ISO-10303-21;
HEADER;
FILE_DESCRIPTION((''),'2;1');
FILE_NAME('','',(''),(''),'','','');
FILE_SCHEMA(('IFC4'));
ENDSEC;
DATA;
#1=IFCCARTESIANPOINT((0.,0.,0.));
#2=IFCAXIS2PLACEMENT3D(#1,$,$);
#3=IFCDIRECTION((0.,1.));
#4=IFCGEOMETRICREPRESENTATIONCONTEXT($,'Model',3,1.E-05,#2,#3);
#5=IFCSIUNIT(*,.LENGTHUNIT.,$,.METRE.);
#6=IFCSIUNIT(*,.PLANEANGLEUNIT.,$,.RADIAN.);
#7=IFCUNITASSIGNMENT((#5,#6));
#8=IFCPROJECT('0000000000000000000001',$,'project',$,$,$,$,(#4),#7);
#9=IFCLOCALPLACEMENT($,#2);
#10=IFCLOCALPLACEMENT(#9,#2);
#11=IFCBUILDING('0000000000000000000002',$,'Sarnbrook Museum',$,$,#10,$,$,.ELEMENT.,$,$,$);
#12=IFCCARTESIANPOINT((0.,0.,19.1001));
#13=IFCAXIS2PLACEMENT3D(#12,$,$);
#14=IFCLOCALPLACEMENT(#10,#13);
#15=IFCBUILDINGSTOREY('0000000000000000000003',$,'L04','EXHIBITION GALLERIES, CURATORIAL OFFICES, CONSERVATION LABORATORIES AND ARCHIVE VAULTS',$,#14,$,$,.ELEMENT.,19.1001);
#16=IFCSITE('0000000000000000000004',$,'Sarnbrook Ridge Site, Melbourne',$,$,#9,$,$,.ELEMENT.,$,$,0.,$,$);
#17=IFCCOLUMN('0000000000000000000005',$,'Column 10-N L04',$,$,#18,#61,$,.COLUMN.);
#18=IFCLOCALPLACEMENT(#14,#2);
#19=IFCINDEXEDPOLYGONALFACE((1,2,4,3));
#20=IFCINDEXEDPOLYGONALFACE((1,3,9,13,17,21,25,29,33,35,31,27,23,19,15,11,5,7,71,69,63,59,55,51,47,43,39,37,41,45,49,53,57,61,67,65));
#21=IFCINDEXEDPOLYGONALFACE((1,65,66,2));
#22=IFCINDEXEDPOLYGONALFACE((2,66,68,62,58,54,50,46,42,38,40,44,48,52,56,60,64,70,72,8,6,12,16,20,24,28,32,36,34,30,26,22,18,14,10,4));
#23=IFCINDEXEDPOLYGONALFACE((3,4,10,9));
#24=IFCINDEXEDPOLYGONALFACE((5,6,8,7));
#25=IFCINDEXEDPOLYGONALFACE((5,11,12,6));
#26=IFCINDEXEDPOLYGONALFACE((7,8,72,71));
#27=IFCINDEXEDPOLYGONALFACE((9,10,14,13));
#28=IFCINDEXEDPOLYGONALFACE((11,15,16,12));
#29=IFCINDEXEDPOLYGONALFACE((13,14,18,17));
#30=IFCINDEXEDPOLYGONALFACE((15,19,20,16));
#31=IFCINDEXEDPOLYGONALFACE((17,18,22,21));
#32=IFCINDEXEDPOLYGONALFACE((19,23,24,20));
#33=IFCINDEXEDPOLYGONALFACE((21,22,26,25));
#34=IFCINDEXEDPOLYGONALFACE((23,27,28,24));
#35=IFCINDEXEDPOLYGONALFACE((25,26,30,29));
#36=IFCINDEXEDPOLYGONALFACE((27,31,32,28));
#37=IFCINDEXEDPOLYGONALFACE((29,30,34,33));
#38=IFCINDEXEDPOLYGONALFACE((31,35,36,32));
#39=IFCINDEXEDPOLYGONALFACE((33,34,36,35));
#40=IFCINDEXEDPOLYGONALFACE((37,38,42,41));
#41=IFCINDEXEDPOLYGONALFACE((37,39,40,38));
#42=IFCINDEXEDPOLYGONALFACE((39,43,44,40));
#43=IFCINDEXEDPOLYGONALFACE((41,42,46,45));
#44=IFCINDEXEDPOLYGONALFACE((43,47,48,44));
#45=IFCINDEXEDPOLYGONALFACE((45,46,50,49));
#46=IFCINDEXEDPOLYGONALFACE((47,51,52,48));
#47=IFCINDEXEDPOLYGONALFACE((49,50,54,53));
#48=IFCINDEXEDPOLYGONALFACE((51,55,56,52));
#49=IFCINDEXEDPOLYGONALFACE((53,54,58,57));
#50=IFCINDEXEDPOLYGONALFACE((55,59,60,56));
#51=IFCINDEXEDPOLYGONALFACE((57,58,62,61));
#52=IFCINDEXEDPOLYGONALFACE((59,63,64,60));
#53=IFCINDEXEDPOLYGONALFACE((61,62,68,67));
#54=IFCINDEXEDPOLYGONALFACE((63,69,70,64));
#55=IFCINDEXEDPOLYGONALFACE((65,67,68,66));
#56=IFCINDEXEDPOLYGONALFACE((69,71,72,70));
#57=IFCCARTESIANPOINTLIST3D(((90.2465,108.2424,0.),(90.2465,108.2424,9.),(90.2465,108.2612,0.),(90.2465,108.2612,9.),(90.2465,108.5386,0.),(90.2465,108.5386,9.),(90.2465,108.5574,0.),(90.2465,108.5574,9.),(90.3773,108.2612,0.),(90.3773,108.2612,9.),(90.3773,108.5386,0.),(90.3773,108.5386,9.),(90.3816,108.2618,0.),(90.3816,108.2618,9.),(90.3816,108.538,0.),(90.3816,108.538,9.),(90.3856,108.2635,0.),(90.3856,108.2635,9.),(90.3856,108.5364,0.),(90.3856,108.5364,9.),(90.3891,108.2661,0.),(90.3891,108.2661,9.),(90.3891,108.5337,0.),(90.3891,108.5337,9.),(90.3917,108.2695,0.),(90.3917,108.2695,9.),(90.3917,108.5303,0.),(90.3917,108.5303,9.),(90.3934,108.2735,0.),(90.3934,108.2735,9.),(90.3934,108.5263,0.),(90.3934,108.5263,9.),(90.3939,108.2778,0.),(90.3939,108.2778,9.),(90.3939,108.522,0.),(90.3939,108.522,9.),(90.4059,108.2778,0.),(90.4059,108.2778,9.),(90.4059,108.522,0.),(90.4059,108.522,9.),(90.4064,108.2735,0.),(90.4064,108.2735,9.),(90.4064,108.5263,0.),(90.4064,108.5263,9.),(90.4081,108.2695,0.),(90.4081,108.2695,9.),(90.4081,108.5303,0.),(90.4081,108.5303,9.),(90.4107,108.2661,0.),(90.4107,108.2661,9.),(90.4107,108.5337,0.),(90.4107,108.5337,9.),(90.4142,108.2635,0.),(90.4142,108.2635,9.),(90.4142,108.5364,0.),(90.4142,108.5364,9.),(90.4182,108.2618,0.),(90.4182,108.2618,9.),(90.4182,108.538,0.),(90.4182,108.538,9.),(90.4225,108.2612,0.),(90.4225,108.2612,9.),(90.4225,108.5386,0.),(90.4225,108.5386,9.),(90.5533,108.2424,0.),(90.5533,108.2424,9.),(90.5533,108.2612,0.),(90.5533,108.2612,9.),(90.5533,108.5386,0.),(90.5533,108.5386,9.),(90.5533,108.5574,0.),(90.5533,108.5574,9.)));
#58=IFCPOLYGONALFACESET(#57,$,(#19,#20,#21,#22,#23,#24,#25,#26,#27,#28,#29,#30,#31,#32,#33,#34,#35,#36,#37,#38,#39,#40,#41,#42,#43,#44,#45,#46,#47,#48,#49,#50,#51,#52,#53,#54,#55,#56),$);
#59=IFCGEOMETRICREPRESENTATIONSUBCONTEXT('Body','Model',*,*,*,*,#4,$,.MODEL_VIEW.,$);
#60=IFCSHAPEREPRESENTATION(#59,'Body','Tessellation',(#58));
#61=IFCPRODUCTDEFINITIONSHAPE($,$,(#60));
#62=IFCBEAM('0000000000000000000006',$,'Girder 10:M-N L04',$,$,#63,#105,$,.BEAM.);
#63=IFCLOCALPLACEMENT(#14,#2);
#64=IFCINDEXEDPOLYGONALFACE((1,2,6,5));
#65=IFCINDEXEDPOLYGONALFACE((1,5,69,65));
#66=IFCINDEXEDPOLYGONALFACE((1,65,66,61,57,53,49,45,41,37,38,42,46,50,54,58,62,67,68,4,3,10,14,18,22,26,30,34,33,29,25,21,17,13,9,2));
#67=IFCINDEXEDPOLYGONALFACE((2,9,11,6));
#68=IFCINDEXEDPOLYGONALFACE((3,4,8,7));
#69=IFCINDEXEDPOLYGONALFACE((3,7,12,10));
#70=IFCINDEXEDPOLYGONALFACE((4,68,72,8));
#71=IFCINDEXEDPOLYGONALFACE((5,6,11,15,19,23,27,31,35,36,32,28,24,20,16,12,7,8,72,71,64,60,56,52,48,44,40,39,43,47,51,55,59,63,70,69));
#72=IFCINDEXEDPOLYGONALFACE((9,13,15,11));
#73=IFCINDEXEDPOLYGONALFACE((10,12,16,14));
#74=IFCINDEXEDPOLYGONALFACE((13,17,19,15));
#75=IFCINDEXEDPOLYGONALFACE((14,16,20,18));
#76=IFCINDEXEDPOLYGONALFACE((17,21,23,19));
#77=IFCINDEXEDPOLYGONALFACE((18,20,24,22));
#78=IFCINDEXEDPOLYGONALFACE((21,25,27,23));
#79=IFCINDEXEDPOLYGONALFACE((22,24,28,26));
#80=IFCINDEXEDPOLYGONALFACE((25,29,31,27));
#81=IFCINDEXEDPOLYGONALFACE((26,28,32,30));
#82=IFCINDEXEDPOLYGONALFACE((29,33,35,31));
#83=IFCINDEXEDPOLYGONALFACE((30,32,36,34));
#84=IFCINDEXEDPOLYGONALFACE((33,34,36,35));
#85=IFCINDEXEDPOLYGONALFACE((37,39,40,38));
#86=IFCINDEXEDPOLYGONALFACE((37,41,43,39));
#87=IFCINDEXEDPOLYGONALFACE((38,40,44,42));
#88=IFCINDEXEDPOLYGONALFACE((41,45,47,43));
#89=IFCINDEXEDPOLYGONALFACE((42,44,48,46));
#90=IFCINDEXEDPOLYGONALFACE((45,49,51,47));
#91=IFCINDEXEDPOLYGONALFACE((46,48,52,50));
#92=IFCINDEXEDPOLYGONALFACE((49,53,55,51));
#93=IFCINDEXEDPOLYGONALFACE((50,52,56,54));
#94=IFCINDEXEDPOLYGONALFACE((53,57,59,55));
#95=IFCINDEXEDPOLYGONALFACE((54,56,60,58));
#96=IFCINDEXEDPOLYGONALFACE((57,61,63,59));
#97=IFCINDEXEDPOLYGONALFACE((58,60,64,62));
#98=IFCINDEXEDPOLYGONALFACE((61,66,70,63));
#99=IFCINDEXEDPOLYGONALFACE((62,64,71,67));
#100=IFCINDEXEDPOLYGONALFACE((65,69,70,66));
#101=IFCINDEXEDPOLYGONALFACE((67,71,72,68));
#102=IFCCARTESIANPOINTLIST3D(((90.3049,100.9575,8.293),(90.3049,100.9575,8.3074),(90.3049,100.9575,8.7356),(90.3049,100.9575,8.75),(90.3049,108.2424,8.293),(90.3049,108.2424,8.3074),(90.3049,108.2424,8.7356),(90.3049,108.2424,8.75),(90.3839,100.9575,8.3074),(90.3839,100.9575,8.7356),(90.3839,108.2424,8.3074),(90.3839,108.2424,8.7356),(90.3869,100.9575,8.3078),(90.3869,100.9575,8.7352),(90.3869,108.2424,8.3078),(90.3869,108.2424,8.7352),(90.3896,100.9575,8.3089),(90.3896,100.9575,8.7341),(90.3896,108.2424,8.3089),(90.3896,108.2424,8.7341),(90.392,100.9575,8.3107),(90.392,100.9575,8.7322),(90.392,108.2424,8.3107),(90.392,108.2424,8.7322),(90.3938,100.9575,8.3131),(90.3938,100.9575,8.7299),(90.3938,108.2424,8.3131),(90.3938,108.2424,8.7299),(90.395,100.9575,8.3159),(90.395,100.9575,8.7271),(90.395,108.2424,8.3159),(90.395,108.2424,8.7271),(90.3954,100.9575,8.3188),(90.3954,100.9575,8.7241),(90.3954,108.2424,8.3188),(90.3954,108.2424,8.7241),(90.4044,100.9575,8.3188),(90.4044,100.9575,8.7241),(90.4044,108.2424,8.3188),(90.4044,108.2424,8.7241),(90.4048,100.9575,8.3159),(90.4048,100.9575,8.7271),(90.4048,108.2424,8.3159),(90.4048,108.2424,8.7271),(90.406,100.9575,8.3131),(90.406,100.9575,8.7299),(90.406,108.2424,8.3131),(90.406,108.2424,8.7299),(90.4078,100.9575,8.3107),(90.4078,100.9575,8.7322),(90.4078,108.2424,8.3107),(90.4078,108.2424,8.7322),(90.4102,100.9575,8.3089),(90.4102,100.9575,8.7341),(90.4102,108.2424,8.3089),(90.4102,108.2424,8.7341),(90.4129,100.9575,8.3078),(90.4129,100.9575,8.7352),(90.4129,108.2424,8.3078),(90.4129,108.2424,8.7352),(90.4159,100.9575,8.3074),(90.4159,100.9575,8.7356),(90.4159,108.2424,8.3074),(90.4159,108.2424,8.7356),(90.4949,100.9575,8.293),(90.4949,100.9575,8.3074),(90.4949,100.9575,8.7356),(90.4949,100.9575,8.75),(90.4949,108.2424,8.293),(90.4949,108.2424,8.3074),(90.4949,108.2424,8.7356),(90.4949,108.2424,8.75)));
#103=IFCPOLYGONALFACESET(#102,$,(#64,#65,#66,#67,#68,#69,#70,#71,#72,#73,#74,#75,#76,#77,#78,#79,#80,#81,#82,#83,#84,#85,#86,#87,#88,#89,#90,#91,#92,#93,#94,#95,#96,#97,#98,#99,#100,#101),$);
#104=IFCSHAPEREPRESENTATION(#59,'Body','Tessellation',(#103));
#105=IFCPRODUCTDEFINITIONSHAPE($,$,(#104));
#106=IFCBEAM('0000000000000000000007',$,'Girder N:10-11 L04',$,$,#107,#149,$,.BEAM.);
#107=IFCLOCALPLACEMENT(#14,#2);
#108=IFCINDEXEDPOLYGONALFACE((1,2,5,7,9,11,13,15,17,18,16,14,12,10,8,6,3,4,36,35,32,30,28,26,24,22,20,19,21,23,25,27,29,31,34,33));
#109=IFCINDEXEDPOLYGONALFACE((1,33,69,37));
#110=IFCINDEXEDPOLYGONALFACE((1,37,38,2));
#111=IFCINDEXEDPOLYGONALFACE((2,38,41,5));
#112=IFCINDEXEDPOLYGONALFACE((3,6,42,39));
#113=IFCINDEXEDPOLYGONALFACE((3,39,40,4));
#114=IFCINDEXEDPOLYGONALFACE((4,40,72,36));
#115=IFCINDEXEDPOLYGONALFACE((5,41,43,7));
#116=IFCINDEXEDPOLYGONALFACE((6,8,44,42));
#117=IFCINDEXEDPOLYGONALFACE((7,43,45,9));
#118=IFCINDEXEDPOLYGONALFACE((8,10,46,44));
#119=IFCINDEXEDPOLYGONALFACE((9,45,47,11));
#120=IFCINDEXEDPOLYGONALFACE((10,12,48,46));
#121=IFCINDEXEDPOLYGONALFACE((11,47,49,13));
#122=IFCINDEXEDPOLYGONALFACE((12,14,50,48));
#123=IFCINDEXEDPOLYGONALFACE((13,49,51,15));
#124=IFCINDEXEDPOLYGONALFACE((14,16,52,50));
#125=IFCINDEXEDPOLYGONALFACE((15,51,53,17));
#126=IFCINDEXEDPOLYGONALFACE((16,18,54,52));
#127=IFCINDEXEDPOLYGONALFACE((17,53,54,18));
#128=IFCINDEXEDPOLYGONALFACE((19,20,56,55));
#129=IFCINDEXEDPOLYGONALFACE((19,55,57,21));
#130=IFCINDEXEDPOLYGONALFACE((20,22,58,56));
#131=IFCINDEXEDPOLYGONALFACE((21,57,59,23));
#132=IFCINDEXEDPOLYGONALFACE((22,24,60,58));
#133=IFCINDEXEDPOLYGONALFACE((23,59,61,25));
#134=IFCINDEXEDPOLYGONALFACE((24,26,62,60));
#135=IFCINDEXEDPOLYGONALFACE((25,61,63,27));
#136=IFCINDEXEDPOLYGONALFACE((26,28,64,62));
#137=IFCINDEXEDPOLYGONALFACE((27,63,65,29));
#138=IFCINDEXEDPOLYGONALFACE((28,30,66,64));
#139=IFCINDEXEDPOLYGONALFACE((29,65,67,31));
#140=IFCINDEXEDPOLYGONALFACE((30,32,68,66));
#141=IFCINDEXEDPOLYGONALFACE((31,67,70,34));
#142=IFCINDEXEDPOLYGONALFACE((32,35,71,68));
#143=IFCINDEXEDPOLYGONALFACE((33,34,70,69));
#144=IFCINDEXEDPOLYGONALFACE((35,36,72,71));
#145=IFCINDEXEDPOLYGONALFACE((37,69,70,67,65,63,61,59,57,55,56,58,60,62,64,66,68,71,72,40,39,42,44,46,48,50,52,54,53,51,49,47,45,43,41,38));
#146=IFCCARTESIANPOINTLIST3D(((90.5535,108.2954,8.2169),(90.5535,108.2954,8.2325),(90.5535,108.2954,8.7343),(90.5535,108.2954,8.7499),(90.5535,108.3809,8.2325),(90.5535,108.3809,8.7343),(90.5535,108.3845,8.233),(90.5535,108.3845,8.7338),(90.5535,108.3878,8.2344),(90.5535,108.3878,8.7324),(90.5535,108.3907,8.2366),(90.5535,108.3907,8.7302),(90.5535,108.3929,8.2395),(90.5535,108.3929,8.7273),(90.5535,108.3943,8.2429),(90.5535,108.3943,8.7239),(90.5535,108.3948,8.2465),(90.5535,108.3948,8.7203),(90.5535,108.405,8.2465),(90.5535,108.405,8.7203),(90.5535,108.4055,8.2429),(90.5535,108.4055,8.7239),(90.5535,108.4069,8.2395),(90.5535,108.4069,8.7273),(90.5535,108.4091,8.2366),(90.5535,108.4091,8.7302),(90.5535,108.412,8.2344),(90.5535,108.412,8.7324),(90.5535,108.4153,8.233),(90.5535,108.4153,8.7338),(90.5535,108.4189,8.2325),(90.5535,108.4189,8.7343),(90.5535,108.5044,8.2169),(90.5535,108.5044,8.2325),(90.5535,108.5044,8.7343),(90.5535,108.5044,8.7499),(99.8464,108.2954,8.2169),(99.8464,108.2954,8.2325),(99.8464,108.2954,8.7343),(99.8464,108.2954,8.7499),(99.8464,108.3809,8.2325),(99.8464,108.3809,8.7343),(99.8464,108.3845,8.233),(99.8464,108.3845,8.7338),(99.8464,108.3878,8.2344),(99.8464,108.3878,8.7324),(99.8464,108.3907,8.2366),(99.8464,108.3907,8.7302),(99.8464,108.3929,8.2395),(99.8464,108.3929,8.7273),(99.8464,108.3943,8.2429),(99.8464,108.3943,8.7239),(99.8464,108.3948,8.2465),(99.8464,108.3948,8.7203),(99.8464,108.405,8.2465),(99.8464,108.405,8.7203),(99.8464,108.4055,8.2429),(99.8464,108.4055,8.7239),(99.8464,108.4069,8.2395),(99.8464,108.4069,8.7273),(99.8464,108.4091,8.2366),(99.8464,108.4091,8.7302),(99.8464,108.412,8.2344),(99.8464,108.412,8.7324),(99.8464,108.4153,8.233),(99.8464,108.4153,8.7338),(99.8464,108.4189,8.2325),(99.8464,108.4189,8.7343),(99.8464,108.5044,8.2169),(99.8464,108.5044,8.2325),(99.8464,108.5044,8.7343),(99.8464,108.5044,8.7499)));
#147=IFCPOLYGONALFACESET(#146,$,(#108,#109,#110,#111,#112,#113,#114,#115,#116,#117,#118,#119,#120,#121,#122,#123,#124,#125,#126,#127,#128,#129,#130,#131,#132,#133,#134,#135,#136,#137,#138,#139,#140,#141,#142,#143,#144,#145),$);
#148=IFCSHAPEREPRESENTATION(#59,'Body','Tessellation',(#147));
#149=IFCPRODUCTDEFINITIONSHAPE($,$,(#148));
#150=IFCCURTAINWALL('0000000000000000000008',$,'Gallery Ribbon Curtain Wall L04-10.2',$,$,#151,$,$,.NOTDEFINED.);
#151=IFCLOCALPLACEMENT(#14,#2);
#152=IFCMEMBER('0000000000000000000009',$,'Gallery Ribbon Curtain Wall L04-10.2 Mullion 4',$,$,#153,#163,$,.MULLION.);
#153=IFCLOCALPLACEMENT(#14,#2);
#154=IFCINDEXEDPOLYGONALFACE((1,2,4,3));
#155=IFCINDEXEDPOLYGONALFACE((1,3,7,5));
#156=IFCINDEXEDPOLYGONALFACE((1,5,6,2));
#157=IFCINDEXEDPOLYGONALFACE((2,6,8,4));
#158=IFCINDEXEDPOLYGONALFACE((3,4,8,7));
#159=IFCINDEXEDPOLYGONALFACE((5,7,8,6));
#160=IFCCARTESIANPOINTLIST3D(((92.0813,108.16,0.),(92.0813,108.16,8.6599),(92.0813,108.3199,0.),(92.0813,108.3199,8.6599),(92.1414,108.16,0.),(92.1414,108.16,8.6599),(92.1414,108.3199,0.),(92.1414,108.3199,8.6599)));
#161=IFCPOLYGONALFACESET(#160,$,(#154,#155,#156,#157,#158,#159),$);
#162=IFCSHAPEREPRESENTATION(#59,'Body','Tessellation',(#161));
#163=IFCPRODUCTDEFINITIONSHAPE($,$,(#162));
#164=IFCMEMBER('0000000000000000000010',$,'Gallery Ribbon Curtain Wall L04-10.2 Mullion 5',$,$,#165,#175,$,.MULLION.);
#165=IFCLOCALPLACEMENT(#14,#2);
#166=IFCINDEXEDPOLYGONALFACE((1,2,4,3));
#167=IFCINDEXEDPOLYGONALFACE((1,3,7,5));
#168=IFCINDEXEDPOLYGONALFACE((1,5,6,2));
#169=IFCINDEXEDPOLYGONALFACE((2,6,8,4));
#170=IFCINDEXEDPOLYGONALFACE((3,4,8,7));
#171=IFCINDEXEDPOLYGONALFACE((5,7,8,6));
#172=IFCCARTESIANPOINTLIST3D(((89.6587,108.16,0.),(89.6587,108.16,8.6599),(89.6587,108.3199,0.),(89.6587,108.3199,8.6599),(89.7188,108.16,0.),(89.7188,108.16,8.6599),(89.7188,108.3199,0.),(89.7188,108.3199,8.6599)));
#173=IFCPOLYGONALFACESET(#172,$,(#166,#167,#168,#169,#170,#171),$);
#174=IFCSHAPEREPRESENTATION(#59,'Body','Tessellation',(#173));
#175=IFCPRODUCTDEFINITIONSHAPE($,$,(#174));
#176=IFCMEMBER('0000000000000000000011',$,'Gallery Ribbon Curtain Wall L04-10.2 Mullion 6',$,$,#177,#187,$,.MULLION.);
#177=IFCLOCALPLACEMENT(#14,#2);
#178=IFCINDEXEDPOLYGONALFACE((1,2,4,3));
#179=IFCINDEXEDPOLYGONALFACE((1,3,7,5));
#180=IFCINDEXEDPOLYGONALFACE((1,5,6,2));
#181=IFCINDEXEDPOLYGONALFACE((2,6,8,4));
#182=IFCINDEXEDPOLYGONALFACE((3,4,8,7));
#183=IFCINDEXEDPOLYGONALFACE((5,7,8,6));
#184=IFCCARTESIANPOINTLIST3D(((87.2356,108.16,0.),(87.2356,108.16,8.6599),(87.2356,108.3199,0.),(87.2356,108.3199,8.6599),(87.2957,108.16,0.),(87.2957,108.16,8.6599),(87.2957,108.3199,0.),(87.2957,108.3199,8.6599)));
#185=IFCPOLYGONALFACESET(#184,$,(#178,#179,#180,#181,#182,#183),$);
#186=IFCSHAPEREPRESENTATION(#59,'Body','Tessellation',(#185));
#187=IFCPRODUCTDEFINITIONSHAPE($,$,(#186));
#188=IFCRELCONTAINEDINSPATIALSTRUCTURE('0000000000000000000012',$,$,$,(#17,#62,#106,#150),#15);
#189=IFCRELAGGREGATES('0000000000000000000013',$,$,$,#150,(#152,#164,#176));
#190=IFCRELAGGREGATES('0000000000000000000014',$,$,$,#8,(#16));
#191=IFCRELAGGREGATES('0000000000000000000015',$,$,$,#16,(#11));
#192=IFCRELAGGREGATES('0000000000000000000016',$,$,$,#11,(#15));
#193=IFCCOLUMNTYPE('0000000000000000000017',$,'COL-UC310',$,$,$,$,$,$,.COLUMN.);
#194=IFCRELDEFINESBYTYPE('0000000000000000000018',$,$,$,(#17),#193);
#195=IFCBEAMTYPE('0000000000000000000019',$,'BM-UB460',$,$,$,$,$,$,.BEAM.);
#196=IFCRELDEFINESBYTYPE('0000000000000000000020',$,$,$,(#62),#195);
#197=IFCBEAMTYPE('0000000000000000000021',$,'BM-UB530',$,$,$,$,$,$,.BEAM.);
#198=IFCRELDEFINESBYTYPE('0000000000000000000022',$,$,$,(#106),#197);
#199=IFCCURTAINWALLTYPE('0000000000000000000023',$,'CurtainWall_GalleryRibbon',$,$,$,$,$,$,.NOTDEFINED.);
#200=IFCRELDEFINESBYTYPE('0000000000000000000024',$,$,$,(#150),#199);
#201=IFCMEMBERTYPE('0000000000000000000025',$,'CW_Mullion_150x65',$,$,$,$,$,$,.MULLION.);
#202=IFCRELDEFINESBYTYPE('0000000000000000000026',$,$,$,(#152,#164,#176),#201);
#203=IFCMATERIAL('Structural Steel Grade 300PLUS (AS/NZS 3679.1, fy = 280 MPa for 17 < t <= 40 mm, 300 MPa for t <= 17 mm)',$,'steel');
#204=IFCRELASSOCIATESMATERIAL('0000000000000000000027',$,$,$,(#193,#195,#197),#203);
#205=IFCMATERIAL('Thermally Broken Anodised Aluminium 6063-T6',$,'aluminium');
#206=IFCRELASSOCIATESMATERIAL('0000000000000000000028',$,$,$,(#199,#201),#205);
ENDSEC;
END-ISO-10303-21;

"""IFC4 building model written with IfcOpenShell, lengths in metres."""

from ifc_helpers import new_model, si_unit, direction, frame, origin, origin_2d, place, context, subcontext, project, spatial, rectangle, i_section, extrude, material, material_profile, profile_set, type_object, element, aggregate, save


model = new_model("IFC4")

# Units and contexts
model_context = context("Model", 3, precision=1e-05, world=origin(), true_north=direction((0.0, 1.0)))
body_context = subcontext(model_context, "Body", "Model", "MODEL_VIEW")
ifc_project = project(units=[si_unit("LENGTHUNIT", "METRE"), si_unit("PLANEANGLEUNIT", "RADIAN")], contexts=[model_context])

# Site, building, storey
site_placement = place(None, origin())
site = spatial("IfcSite", under=ifc_project, at=site_placement, Name="Sarnbrook Ridge Site, Melbourne", CompositionType="ELEMENT", RefElevation=0.0)
building_placement = place(site_placement, origin())
building = spatial("IfcBuilding", under=site, at=building_placement, Name="Sarnbrook Museum", CompositionType="ELEMENT")
storey_placement = place(building_placement, frame((0.0, 0.0, 19.1001)))
storey = spatial("IfcBuildingStorey", under=building, at=storey_placement, Name="L04", Description="EXHIBITION GALLERIES, CURATORIAL OFFICES, CONSERVATION LABORATORIES AND ARCHIVE VAULTS", CompositionType="ELEMENT", Elevation=19.1001)

# Column
ifc_material_1 = material(Name="Structural Steel Grade 300PLUS (AS/NZS 3679.1, fy = 280 MPa for 17 < t <= 40 mm, 300 MPa for t <= 17 mm)", Category="steel")
ifc_material_profile_1 = material_profile(ifc_material_1, i_section(OverallWidth=0.3069, OverallDepth=0.3149, WebThickness=0.012, FlangeThickness=0.0188, FilletRadius=0.0166, at=origin_2d()), Name="310UC118")
ifc_profile_set_1 = profile_set([ifc_material_profile_1], Name="Structural Steel Grade 300PLUS (AS/NZS 3679.1, fy = 280 MPa for 17 < t <= 40 mm, 300 MPa for t <= 17 mm)")
column_type = type_object("IfcColumnType", Name="COL-UC310", PredefinedType="COLUMN", material=ifc_profile_set_1)
column_placement = place(storey_placement, frame((90.3999, 108.3999, 0.0), z_axis=(0.0, 0.0, 1.0), x_axis=(1.0, 0.0, 0.0)))
element("IfcColumn", 1, at=column_placement, inside=storey, type_object=column_type, Name="Column 10-N L04", PredefinedType="COLUMN", context=body_context, shape_type="SweptSolid", body=[
    extrude(i_section(OverallWidth=0.3069, OverallDepth=0.3149, WebThickness=0.012, FlangeThickness=0.0188, FilletRadius=0.0166, at=origin_2d()), origin(), (0.0, 0.0, 1.0), 9.0),
])

# Beams
ifc_material_profile_2 = material_profile(ifc_material_1, i_section(OverallWidth=0.1899, OverallDepth=0.457, WebThickness=0.009, FlangeThickness=0.0144, FilletRadius=0.0115, at=origin_2d()), Name="460UB74.6")
ifc_profile_set_2 = profile_set([ifc_material_profile_2], Name="Structural Steel Grade 300PLUS (AS/NZS 3679.1, fy = 280 MPa for 17 < t <= 40 mm, 300 MPa for t <= 17 mm)")
beam_type_1 = type_object("IfcBeamType", Name="BM-UB460", PredefinedType="BEAM", material=ifc_profile_set_2)
beam_1_placement = place(storey_placement, frame((90.3999, 100.9575, 8.5215), z_axis=(0.0, 1.0, 0.0), x_axis=(-1.0, 0.0, 0.0)))
element("IfcBeam", 2, at=beam_1_placement, inside=storey, type_object=beam_type_1, Name="Girder 10:M-N L04", PredefinedType="BEAM", context=body_context, shape_type="SweptSolid", body=[
    extrude(i_section(OverallWidth=0.1899, OverallDepth=0.457, WebThickness=0.009, FlangeThickness=0.0144, FilletRadius=0.0115, at=origin_2d()), origin(), (0.0, 0.0, 1.0), 7.2849),
])
ifc_material_profile_3 = material_profile(ifc_material_1, i_section(OverallWidth=0.209, OverallDepth=0.533, WebThickness=0.0103, FlangeThickness=0.0156, FilletRadius=0.0139, at=origin_2d()), Name="530UB92.4")
ifc_profile_set_3 = profile_set([ifc_material_profile_3], Name="Structural Steel Grade 300PLUS (AS/NZS 3679.1, fy = 280 MPa for 17 < t <= 40 mm, 300 MPa for t <= 17 mm)")
beam_type_2 = type_object("IfcBeamType", Name="BM-UB530", PredefinedType="BEAM", material=ifc_profile_set_3)
beam_2_placement = place(storey_placement, frame((90.5535, 108.3999, 8.4834), z_axis=(1.0, 0.0, 0.0), x_axis=(0.0, 1.0, 0.0)))
element("IfcBeam", 3, at=beam_2_placement, inside=storey, type_object=beam_type_2, Name="Girder N:10-11 L04", PredefinedType="BEAM", context=body_context, shape_type="SweptSolid", body=[
    extrude(i_section(OverallWidth=0.209, OverallDepth=0.533, WebThickness=0.0103, FlangeThickness=0.0156, FilletRadius=0.0139, at=origin_2d()), origin(), (0.0, 0.0, 1.0), 9.293),
])

# Curtain wall, members
ifc_material_2 = material(Name="Thermally Broken Anodised Aluminium 6063-T6", Category="aluminium")
curtain_wall_type = type_object("IfcCurtainWallType", Name="CurtainWall_GalleryRibbon", PredefinedType="NOTDEFINED", material=ifc_material_2)
curtain_wall_placement = place(storey_placement, origin())
curtain_wall = element("IfcCurtainWall", 4, at=curtain_wall_placement, inside=storey, type_object=curtain_wall_type, Name="Gallery Ribbon Curtain Wall L04-10.2", PredefinedType="NOTDEFINED")
ifc_material_profile_4 = material_profile(ifc_material_2, rectangle(XDim=0.0601, YDim=0.1599, at=origin_2d()), Name="ALU MULLION 60x160")
ifc_profile_set_4 = profile_set([ifc_material_profile_4], Name="Thermally Broken Anodised Aluminium 6063-T6")
member_type = type_object("IfcMemberType", Name="CW_Mullion_150x65", PredefinedType="MULLION", material=ifc_profile_set_4)
member_1_placement = place(storey_placement, frame((92.1113, 108.24, 0.0), z_axis=(0.0, 0.0, 1.0), x_axis=(1.0, 0.0, 0.0)))
member_1 = element("IfcMember", 5, at=member_1_placement, type_object=member_type, Name="Gallery Ribbon Curtain Wall L04-10.2 Mullion 4", PredefinedType="MULLION", context=body_context, shape_type="SweptSolid", body=[
    extrude(rectangle(XDim=0.0601, YDim=0.1599, at=origin_2d()), origin(), (0.0, 0.0, 1.0), 8.6599),
])
member_2_placement = place(storey_placement, frame((89.6887, 108.24, 0.0), z_axis=(0.0, 0.0, 1.0), x_axis=(1.0, 0.0, 0.0)))
member_2 = element("IfcMember", 6, at=member_2_placement, type_object=member_type, Name="Gallery Ribbon Curtain Wall L04-10.2 Mullion 5", PredefinedType="MULLION", context=body_context, shape_type="SweptSolid", body=[
    extrude(rectangle(XDim=0.0601, YDim=0.1599, at=origin_2d()), origin(), (0.0, 0.0, 1.0), 8.6599),
])
member_3_placement = place(storey_placement, frame((87.2656, 108.24, 0.0), z_axis=(0.0, 0.0, 1.0), x_axis=(1.0, 0.0, 0.0)))
member_3 = element("IfcMember", 7, at=member_3_placement, type_object=member_type, Name="Gallery Ribbon Curtain Wall L04-10.2 Mullion 6", PredefinedType="MULLION", context=body_context, shape_type="SweptSolid", body=[
    extrude(rectangle(XDim=0.0601, YDim=0.1599, at=origin_2d()), origin(), (0.0, 0.0, 1.0), 8.6599),
])

aggregate(curtain_wall, [member_1, member_2, member_3])

save(model, "model.ifc")
